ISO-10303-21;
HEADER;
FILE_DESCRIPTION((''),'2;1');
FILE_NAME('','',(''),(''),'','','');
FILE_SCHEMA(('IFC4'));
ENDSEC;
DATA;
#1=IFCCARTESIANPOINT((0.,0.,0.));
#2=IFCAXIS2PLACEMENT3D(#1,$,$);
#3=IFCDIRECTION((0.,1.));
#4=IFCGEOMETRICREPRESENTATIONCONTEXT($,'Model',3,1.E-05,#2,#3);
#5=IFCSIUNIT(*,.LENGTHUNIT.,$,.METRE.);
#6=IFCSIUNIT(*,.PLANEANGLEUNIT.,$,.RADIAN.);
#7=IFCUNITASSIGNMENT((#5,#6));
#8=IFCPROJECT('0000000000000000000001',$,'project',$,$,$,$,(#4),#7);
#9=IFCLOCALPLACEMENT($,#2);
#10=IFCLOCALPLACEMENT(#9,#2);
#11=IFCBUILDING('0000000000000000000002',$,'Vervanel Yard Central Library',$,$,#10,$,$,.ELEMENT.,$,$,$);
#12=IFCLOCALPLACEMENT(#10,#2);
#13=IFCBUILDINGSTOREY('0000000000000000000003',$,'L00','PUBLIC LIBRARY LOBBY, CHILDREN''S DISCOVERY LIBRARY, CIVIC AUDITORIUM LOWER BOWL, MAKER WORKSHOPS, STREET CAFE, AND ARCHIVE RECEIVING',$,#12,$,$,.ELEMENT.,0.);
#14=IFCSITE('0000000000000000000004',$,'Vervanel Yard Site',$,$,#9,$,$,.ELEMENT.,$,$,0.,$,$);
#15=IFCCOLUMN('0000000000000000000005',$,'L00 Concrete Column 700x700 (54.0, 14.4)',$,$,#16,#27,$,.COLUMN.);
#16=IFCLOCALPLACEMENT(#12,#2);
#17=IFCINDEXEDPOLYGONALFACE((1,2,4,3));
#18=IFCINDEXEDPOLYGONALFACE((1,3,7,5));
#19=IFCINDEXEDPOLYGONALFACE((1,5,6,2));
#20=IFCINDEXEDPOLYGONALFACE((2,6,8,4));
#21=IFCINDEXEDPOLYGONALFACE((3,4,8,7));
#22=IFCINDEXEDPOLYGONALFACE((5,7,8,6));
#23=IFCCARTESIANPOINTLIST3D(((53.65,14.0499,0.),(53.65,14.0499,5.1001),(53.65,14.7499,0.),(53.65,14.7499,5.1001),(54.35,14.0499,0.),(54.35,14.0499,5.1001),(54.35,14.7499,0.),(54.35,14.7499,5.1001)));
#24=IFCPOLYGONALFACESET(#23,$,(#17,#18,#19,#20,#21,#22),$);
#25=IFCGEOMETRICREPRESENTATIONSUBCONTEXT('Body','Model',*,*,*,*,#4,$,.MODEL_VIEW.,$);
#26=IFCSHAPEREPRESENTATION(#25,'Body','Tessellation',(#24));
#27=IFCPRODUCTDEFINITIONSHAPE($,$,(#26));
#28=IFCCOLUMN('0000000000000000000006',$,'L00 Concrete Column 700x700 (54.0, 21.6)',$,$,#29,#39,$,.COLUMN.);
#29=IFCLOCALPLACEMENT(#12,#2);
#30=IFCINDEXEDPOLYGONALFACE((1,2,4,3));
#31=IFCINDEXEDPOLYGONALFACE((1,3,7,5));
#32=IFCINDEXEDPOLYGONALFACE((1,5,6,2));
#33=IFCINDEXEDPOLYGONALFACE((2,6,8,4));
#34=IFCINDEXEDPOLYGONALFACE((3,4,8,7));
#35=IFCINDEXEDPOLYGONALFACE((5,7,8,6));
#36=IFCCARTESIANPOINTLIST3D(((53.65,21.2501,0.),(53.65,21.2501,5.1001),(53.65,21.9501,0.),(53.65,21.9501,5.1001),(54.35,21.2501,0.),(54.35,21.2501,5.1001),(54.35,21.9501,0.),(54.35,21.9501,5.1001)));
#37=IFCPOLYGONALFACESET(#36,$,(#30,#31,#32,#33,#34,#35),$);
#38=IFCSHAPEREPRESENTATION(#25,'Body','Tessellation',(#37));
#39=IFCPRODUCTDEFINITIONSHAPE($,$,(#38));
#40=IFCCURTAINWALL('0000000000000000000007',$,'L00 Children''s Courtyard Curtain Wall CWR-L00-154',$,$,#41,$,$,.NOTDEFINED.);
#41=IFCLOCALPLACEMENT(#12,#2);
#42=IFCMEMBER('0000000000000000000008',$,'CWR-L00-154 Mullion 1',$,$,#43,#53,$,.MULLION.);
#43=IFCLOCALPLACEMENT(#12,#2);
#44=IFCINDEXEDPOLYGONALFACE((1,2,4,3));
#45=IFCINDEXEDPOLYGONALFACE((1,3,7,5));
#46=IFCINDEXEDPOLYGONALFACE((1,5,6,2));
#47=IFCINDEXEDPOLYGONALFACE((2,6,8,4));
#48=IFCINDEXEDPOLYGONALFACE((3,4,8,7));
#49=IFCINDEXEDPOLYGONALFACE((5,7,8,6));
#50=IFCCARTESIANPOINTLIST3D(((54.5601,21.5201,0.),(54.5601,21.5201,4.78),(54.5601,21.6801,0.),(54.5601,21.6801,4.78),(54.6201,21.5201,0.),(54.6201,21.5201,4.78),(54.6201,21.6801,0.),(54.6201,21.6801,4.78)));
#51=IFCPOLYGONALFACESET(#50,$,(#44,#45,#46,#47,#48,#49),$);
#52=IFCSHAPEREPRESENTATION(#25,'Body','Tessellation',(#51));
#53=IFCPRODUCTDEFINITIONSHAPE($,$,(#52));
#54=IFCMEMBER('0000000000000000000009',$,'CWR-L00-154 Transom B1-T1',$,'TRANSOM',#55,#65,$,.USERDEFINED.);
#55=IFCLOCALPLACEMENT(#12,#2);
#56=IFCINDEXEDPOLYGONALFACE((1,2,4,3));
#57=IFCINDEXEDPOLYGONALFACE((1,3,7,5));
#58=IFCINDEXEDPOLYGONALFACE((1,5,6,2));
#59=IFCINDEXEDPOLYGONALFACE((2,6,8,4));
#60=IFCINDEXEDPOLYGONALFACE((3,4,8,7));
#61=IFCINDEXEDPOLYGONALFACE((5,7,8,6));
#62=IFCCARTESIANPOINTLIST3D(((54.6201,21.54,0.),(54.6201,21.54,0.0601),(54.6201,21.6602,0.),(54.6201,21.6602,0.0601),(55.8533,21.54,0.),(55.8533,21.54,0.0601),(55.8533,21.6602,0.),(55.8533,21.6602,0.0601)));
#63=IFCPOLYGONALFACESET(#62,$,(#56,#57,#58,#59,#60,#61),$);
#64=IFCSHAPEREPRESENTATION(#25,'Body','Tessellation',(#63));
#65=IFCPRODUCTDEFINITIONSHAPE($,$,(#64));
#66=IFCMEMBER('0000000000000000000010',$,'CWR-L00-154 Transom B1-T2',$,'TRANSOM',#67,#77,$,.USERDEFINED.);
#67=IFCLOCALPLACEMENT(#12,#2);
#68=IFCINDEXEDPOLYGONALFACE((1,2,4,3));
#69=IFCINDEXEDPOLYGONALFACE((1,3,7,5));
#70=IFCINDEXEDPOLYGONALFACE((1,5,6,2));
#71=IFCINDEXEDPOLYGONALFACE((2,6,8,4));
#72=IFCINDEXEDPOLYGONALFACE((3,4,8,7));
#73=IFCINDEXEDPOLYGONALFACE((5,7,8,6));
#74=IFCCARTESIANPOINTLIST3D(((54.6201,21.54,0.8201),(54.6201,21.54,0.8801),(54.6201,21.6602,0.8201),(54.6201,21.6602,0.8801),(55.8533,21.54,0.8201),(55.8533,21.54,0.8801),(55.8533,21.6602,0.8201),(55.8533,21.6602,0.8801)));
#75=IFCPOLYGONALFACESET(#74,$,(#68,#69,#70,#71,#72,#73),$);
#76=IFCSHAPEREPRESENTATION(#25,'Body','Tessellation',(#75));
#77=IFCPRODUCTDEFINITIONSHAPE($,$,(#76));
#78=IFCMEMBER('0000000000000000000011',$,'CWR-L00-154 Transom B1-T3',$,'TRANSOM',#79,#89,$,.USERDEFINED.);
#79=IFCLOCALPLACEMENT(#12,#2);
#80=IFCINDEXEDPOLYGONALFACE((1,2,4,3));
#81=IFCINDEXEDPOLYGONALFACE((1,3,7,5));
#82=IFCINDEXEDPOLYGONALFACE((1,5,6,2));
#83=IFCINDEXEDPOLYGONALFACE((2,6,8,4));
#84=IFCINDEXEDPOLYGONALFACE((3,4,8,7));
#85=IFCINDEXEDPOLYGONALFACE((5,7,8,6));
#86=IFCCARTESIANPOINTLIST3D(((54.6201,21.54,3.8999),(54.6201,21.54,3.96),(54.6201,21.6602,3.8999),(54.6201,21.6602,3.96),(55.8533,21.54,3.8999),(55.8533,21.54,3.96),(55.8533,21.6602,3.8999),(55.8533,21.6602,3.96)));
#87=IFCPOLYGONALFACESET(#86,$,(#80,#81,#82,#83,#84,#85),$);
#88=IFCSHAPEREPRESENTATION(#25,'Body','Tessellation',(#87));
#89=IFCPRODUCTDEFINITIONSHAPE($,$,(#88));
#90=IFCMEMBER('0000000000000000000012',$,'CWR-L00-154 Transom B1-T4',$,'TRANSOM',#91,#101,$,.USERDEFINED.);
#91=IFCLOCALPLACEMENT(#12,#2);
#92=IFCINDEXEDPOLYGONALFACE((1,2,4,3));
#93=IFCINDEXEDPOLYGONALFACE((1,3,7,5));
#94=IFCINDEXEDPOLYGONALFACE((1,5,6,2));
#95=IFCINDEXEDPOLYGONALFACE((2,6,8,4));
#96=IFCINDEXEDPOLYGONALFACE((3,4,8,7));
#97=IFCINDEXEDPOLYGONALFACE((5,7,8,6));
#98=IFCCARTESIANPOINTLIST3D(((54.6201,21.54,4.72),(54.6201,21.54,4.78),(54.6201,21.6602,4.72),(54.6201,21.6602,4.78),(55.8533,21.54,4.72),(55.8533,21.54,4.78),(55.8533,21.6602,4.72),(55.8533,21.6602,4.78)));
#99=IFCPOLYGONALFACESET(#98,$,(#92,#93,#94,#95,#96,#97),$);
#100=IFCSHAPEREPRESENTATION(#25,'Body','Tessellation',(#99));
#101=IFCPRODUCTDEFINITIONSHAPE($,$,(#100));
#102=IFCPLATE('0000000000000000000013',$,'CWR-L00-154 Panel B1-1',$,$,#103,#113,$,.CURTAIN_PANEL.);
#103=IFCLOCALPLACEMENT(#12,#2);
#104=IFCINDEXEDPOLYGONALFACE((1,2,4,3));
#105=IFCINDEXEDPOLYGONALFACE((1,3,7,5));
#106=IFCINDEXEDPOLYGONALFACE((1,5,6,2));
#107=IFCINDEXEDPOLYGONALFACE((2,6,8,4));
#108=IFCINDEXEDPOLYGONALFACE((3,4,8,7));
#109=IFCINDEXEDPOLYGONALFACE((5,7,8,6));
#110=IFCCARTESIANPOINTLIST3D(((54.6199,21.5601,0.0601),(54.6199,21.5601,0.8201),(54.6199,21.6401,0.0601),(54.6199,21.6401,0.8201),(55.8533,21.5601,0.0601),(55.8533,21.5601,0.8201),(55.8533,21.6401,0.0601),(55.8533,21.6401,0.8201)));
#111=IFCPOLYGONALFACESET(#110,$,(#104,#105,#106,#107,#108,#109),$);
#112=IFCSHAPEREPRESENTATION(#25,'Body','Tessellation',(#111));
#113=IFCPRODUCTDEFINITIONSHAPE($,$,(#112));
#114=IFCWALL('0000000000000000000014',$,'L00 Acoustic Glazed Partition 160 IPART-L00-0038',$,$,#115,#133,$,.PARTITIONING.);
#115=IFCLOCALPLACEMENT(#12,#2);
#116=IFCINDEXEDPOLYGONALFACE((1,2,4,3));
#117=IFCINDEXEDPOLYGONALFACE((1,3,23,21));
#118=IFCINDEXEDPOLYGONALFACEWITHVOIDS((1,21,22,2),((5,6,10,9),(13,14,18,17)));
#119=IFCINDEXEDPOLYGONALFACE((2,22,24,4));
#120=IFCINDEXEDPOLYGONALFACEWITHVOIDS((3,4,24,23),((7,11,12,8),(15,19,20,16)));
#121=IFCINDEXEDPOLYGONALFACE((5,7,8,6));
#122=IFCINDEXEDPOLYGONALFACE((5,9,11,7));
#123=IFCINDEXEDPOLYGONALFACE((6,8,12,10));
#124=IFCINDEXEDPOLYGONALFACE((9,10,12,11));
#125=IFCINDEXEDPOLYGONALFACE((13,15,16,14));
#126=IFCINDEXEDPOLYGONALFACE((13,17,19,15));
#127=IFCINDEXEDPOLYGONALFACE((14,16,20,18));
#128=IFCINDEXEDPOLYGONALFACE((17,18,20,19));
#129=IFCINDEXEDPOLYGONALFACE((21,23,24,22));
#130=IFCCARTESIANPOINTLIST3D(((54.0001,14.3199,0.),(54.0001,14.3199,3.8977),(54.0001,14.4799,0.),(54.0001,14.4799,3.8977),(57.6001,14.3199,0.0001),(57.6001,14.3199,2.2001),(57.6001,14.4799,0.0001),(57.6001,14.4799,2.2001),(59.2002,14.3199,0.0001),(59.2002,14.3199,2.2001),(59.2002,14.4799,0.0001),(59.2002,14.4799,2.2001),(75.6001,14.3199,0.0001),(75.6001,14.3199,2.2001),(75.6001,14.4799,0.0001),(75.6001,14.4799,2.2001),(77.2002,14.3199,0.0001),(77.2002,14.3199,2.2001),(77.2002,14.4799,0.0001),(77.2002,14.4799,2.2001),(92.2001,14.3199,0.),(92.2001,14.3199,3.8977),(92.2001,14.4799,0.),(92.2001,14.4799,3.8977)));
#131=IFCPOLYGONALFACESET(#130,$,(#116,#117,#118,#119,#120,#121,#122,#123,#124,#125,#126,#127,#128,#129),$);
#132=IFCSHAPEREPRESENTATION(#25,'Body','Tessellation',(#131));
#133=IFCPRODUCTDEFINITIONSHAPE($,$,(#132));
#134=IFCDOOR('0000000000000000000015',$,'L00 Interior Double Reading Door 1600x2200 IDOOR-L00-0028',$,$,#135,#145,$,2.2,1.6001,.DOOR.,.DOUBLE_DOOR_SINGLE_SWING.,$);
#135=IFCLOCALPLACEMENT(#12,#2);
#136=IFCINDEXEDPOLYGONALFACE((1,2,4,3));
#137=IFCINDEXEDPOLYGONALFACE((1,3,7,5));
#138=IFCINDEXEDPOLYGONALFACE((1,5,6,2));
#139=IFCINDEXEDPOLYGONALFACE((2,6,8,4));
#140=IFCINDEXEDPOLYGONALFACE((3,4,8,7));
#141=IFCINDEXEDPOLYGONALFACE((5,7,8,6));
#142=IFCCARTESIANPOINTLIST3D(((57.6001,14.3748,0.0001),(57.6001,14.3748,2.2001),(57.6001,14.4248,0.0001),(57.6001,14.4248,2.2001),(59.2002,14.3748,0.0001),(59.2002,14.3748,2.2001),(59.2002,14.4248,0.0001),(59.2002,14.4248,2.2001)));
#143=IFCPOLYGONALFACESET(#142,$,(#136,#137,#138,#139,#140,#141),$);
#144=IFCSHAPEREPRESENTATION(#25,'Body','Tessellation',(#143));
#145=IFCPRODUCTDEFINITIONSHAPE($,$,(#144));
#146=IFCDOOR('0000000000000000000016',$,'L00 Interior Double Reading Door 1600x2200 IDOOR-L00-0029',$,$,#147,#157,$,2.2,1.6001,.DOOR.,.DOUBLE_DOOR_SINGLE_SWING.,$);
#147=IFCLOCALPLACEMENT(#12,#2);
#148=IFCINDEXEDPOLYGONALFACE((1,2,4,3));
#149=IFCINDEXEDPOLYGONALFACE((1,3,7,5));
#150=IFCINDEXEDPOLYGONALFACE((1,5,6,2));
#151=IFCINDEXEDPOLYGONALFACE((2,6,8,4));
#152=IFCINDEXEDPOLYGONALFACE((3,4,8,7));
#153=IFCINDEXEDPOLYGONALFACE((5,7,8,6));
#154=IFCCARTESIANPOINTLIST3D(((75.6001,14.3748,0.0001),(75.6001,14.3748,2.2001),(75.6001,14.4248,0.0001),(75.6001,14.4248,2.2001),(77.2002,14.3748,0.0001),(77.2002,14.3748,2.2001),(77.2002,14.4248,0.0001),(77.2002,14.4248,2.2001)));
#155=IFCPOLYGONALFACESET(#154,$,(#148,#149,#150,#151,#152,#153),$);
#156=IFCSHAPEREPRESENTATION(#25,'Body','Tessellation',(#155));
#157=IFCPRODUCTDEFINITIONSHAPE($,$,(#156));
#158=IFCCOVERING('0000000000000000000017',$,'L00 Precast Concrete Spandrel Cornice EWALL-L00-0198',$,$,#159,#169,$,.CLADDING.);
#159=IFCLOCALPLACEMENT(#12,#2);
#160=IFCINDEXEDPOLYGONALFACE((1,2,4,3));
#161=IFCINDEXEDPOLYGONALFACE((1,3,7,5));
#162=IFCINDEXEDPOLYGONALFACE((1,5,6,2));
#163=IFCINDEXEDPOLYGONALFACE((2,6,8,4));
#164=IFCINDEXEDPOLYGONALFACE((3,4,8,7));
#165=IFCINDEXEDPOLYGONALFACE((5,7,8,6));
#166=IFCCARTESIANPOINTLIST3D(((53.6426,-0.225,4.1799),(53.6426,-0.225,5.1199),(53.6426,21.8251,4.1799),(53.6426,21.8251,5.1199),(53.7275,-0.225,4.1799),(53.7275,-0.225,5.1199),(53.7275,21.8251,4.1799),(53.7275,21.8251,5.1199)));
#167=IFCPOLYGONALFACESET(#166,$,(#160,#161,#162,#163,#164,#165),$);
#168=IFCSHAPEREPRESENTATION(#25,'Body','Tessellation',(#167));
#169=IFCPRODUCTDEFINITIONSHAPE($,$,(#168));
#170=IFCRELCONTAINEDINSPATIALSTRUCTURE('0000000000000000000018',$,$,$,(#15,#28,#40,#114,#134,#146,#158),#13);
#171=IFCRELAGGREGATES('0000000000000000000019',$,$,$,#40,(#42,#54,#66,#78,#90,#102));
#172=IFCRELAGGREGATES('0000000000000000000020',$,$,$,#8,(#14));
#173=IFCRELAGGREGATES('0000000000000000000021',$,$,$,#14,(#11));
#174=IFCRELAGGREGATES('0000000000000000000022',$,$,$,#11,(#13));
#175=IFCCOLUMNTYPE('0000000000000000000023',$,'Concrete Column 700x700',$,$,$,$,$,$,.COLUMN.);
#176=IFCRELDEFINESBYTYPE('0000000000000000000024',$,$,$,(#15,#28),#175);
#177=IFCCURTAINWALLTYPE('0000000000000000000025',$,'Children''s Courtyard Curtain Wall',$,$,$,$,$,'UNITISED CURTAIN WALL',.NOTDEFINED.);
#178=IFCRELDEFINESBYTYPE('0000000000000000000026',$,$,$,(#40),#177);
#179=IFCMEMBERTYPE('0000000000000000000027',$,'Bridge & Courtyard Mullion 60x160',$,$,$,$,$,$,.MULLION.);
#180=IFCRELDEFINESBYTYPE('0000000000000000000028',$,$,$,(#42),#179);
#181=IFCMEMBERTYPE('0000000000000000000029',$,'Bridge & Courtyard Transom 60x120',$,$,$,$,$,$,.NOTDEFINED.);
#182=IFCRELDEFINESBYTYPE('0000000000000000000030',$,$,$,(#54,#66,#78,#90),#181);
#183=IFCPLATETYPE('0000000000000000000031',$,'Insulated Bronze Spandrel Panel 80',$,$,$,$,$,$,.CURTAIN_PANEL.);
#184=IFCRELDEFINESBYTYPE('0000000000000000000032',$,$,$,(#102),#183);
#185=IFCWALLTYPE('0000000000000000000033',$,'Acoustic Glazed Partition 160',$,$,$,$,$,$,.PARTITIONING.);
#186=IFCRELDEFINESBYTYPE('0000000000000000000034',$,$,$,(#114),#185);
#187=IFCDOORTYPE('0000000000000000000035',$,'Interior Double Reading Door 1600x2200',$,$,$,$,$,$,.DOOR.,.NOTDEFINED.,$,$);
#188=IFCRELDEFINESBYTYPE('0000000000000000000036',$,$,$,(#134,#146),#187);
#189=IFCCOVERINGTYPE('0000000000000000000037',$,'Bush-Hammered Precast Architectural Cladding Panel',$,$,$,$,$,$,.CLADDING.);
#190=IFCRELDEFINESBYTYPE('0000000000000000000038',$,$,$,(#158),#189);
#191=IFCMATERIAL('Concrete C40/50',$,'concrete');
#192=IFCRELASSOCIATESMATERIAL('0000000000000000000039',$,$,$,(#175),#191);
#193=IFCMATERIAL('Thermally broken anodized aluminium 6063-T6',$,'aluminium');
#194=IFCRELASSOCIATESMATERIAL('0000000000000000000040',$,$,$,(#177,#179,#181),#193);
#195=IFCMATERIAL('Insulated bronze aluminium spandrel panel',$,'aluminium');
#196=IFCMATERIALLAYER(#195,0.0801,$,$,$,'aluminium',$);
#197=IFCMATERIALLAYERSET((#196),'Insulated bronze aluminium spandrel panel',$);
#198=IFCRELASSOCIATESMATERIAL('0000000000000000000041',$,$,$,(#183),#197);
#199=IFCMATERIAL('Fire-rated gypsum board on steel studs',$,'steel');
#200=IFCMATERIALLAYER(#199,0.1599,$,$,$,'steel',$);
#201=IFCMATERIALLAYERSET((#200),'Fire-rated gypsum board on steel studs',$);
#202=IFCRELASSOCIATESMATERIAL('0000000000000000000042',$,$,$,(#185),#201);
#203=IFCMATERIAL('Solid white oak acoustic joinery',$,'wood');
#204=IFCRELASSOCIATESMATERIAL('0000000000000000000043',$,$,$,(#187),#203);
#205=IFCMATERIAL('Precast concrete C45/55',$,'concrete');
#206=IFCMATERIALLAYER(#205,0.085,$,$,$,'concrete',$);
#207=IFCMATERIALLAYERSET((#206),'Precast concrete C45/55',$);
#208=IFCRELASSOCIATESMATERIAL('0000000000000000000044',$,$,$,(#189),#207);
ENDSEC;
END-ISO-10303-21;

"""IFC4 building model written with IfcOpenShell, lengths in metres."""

from ifc_helpers import new_model, si_unit, direction, frame, frame_2d, origin, origin_2d, place, context, subcontext, project, spatial, rectangle, extrude, material, layer, layer_set, material_profile, profile_set, type_object, element, fill, aggregate, save


model = new_model("IFC4")

# Units and contexts
model_context = context("Model", 3, precision=1e-05, world=origin(), true_north=direction((0.0, 1.0)))
body_context = subcontext(model_context, "Body", "Model", "MODEL_VIEW")
ifc_project = project(units=[si_unit("LENGTHUNIT", "METRE"), si_unit("PLANEANGLEUNIT", "RADIAN")], contexts=[model_context])

# Site, building, storey
site_placement = place(None, origin())
site = spatial("IfcSite", under=ifc_project, at=site_placement, Name="Vervanel Yard Site", CompositionType="ELEMENT", RefElevation=0.0)
building_placement = place(site_placement, origin())
building = spatial("IfcBuilding", under=site, at=building_placement, Name="Vervanel Yard Central Library", CompositionType="ELEMENT")
storey_placement = place(building_placement, origin())
storey = spatial("IfcBuildingStorey", under=building, at=storey_placement, Name="L00", Description="PUBLIC LIBRARY LOBBY, CHILDREN'S DISCOVERY LIBRARY, CIVIC AUDITORIUM LOWER BOWL, MAKER WORKSHOPS, STREET CAFE, AND ARCHIVE RECEIVING", CompositionType="ELEMENT", Elevation=0.0)

# Shared definitions
ifc_material_1 = material(Name="Concrete C40/50", Category="concrete")

# Columns
ifc_material_profile_1 = material_profile(ifc_material_1, rectangle(XDim=0.7, YDim=0.7, at=origin_2d()), Name="RC 700x700", Category="concrete")
ifc_profile_set_1 = profile_set([ifc_material_profile_1], Name="Concrete C40/50")
column_type = type_object("IfcColumnType", Name="Concrete Column 700x700", PredefinedType="COLUMN", material=ifc_profile_set_1)
for number, where, z_axis, x_axis, name in (
    (1, (54.0, 14.3999, 0.0), (0.0, 0.0, 1.0), (1.0, 0.0, 0.0), "L00 Concrete Column 700x700 (54.0, 14.4)"),
    (2, (54.0, 21.6001, 0.0), (0.0, 0.0, 1.0), (1.0, 0.0, 0.0), "L00 Concrete Column 700x700 (54.0, 21.6)"),
):
    element("IfcColumn", number, at=place(storey_placement, frame(where, z_axis=z_axis, x_axis=x_axis)), inside=storey, type_object=column_type, Name=name, PredefinedType="COLUMN", context=body_context, shape_type="SweptSolid", body=[
        extrude(rectangle(XDim=0.7, YDim=0.7, at=origin_2d()), origin(), (0.0, 0.0, 1.0), 5.1001),
    ])

# Curtain wall, members, plate
ifc_material_2 = material(Name="Thermally broken anodized aluminium 6063-T6", Category="aluminium")
curtain_wall_type = type_object("IfcCurtainWallType", Name="Children's Courtyard Curtain Wall", ElementType="UNITISED CURTAIN WALL", PredefinedType="NOTDEFINED", material=ifc_material_2)
curtain_wall_placement = place(storey_placement, origin())
curtain_wall = element("IfcCurtainWall", 3, at=curtain_wall_placement, inside=storey, type_object=curtain_wall_type, Name="L00 Children's Courtyard Curtain Wall CWR-L00-154", PredefinedType="NOTDEFINED")
ifc_material_profile_2 = material_profile(ifc_material_2, rectangle(XDim=0.0601, YDim=0.1599, at=origin_2d()), Name="ALU 60x160", Category="aluminium")
ifc_profile_set_2 = profile_set([ifc_material_profile_2], Name="Thermally broken anodized aluminium 6063-T6")
member_type_1 = type_object("IfcMemberType", Name="Bridge & Courtyard Mullion 60x160", PredefinedType="MULLION", material=ifc_profile_set_2)
member_1_placement = place(storey_placement, frame((54.5901, 21.6001, 0.0), z_axis=(0.0, 0.0, 1.0), x_axis=(1.0, 0.0, 0.0)))
member_1 = element("IfcMember", 4, at=member_1_placement, type_object=member_type_1, Name="CWR-L00-154 Mullion 1", PredefinedType="MULLION", context=body_context, shape_type="SweptSolid", body=[
    extrude(rectangle(XDim=0.0601, YDim=0.1599, at=origin_2d()), origin(), (0.0, 0.0, 1.0), 4.78),
])
ifc_material_profile_3 = material_profile(ifc_material_2, rectangle(XDim=0.0601, YDim=0.1201, at=origin_2d()), Name="ALU 60x120", Category="aluminium")
ifc_profile_set_3 = profile_set([ifc_material_profile_3], Name="Thermally broken anodized aluminium 6063-T6")
member_type_2 = type_object("IfcMemberType", Name="Bridge & Courtyard Transom 60x120", PredefinedType="NOTDEFINED", material=ifc_profile_set_3)
member_2_placement = place(storey_placement, frame((54.6201, 21.6001, 0.03), z_axis=(1.0, 0.0, 0.0), x_axis=(0.0, 0.0, 1.0)))
member_2 = element("IfcMember", 5, at=member_2_placement, type_object=member_type_2, Name="CWR-L00-154 Transom B1-T1", ObjectType="TRANSOM", PredefinedType="USERDEFINED", context=body_context, shape_type="SweptSolid", body=[
    extrude(rectangle(XDim=0.0601, YDim=0.1201, at=origin_2d()), origin(), (0.0, 0.0, 1.0), 1.2332),
])
member_3_placement = place(storey_placement, frame((54.6201, 21.6001, 0.8501), z_axis=(1.0, 0.0, 0.0), x_axis=(0.0, 0.0, 1.0)))
member_3 = element("IfcMember", 6, at=member_3_placement, type_object=member_type_2, Name="CWR-L00-154 Transom B1-T2", ObjectType="TRANSOM", PredefinedType="USERDEFINED", context=body_context, shape_type="SweptSolid", body=[
    extrude(rectangle(XDim=0.0601, YDim=0.1201, at=origin_2d()), origin(), (0.0, 0.0, 1.0), 1.2332),
])
member_4_placement = place(storey_placement, frame((54.6201, 21.6001, 3.9299), z_axis=(1.0, 0.0, 0.0), x_axis=(0.0, 0.0, 1.0)))
member_4 = element("IfcMember", 7, at=member_4_placement, type_object=member_type_2, Name="CWR-L00-154 Transom B1-T3", ObjectType="TRANSOM", PredefinedType="USERDEFINED", context=body_context, shape_type="SweptSolid", body=[
    extrude(rectangle(XDim=0.0601, YDim=0.1201, at=origin_2d()), origin(), (0.0, 0.0, 1.0), 1.2332),
])
member_5_placement = place(storey_placement, frame((54.6201, 21.6001, 4.75), z_axis=(1.0, 0.0, 0.0), x_axis=(0.0, 0.0, 1.0)))
member_5 = element("IfcMember", 8, at=member_5_placement, type_object=member_type_2, Name="CWR-L00-154 Transom B1-T4", ObjectType="TRANSOM", PredefinedType="USERDEFINED", context=body_context, shape_type="SweptSolid", body=[
    extrude(rectangle(XDim=0.0601, YDim=0.1201, at=origin_2d()), origin(), (0.0, 0.0, 1.0), 1.2332),
])
ifc_material_3 = material(Name="Insulated bronze aluminium spandrel panel", Category="aluminium")
ifc_layer_1 = layer(ifc_material_3, 0.0801, Category="aluminium")
ifc_layer_set_1 = layer_set([ifc_layer_1], Name="Insulated bronze aluminium spandrel panel")
plate_type = type_object("IfcPlateType", Name="Insulated Bronze Spandrel Panel 80", PredefinedType="CURTAIN_PANEL", material=ifc_layer_set_1)
plate_placement = place(storey_placement, frame((55.2366, 21.6001, 0.0601), z_axis=(0.0, 0.0, 1.0), x_axis=(1.0, 0.0, 0.0)))
plate = element("IfcPlate", 9, at=plate_placement, type_object=plate_type, Name="CWR-L00-154 Panel B1-1", PredefinedType="CURTAIN_PANEL", context=body_context, shape_type="SweptSolid", body=[
    extrude(rectangle(XDim=1.2334, YDim=0.0801, at=origin_2d()), origin(), (0.0, 0.0, 1.0), 0.76),
])
aggregate(curtain_wall, [member_1, member_2, member_3, member_4, member_5, plate])

# Wall, openings, doors
ifc_material_4 = material(Name="Fire-rated gypsum board on steel studs", Category="steel")
ifc_layer_2 = layer(ifc_material_4, 0.1599, Category="steel")
ifc_layer_set_2 = layer_set([ifc_layer_2], Name="Fire-rated gypsum board on steel studs")
wall_type = type_object("IfcWallType", Name="Acoustic Glazed Partition 160", PredefinedType="PARTITIONING", material=ifc_layer_set_2)
wall_placement = place(storey_placement, frame((54.0, 14.3999, 0.0), z_axis=(0.0, 0.0, 1.0), x_axis=(1.0, 0.0, 0.0)))
wall = element("IfcWall", 10, at=wall_placement, inside=storey, type_object=wall_type, Name="L00 Acoustic Glazed Partition 160 IPART-L00-0038", PredefinedType="PARTITIONING", context=body_context, shape_type="SweptSolid", body=[
    extrude(rectangle(XDim=38.2, YDim=0.1599, at=frame_2d((19.1001, 0.0))), origin(), (0.0, 0.0, 1.0), 3.8977),
])
opening_1_placement = place(wall_placement, frame((3.6001, 0.0, 0.0)))
opening_1 = element("IfcOpeningElement", 11, at=opening_1_placement, cuts=wall, PredefinedType="OPENING", context=body_context, shape_type="SweptSolid", body=[
    extrude(rectangle(XDim=1.6001, YDim=2.2, at=frame_2d((0.8, 1.1001))), frame((0.0, 0.0898, 0.0), z_axis=(0.0, -1.0, 0.0), x_axis=(1.0, 0.0, 0.0)), (0.0, 0.0, 1.0), 0.1799),
])
opening_2_placement = place(wall_placement, frame((21.6001, 0.0, 0.0)))
opening_2 = element("IfcOpeningElement", 12, at=opening_2_placement, cuts=wall, PredefinedType="OPENING", context=body_context, shape_type="SweptSolid", body=[
    extrude(rectangle(XDim=1.6001, YDim=2.2, at=frame_2d((0.8, 1.1001))), frame((0.0, 0.0898, 0.0), z_axis=(0.0, -1.0, 0.0), x_axis=(1.0, 0.0, 0.0)), (0.0, 0.0, 1.0), 0.1799),
])
ifc_material_5 = material(Name="Solid white oak acoustic joinery", Category="wood")
door_type = type_object("IfcDoorType", Name="Interior Double Reading Door 1600x2200", OperationType="NOTDEFINED", PredefinedType="DOOR", material=ifc_material_5)
door_1_placement = place(opening_1_placement, origin())
door_1 = element("IfcDoor", 13, at=door_1_placement, inside=storey, type_object=door_type, Name="L00 Interior Double Reading Door 1600x2200 IDOOR-L00-0028", OperationType="DOUBLE_DOOR_SINGLE_SWING", OverallHeight=2.2, OverallWidth=1.6001, PredefinedType="DOOR", context=body_context, shape_type="SweptSolid", body=[
    extrude(rectangle(XDim=1.6001, YDim=2.2, at=frame_2d((0.8, 1.1001))), frame((0.0, 0.0249, 0.0), z_axis=(0.0, -1.0, 0.0), x_axis=(1.0, 0.0, 0.0)), (0.0, 0.0, 1.0), 0.05),
])
fill(opening_1, door_1)
door_2_placement = place(opening_2_placement, origin())
door_2 = element("IfcDoor", 14, at=door_2_placement, inside=storey, type_object=door_type, Name="L00 Interior Double Reading Door 1600x2200 IDOOR-L00-0029", OperationType="DOUBLE_DOOR_SINGLE_SWING", OverallHeight=2.2, OverallWidth=1.6001, PredefinedType="DOOR", context=body_context, shape_type="SweptSolid", body=[
    extrude(rectangle(XDim=1.6001, YDim=2.2, at=frame_2d((0.8, 1.1001))), frame((0.0, 0.0249, 0.0), z_axis=(0.0, -1.0, 0.0), x_axis=(1.0, 0.0, 0.0)), (0.0, 0.0, 1.0), 0.05),
])
fill(opening_2, door_2)

# Covering
ifc_material_6 = material(Name="Precast concrete C45/55", Category="concrete")
ifc_layer_3 = layer(ifc_material_6, 0.085, Category="concrete")
ifc_layer_set_3 = layer_set([ifc_layer_3], Name="Precast concrete C45/55")
covering_type = type_object("IfcCoveringType", Name="Bush-Hammered Precast Architectural Cladding Panel", PredefinedType="CLADDING", material=ifc_layer_set_3)
covering_1_placement = place(storey_placement, frame((53.6851, 10.8, 4.1799), z_axis=(0.0, 0.0, 1.0), x_axis=(0.0, 1.0, 0.0)))
element("IfcCovering", 15, at=covering_1_placement, inside=storey, type_object=covering_type, Name="L00 Precast Concrete Spandrel Cornice EWALL-L00-0198", PredefinedType="CLADDING", context=body_context, shape_type="SweptSolid", body=[
    extrude(rectangle(XDim=22.05, YDim=0.085, at=origin_2d()), origin(), (0.0, 0.0, 1.0), 0.9399),
])

save(model, "model.ifc")
